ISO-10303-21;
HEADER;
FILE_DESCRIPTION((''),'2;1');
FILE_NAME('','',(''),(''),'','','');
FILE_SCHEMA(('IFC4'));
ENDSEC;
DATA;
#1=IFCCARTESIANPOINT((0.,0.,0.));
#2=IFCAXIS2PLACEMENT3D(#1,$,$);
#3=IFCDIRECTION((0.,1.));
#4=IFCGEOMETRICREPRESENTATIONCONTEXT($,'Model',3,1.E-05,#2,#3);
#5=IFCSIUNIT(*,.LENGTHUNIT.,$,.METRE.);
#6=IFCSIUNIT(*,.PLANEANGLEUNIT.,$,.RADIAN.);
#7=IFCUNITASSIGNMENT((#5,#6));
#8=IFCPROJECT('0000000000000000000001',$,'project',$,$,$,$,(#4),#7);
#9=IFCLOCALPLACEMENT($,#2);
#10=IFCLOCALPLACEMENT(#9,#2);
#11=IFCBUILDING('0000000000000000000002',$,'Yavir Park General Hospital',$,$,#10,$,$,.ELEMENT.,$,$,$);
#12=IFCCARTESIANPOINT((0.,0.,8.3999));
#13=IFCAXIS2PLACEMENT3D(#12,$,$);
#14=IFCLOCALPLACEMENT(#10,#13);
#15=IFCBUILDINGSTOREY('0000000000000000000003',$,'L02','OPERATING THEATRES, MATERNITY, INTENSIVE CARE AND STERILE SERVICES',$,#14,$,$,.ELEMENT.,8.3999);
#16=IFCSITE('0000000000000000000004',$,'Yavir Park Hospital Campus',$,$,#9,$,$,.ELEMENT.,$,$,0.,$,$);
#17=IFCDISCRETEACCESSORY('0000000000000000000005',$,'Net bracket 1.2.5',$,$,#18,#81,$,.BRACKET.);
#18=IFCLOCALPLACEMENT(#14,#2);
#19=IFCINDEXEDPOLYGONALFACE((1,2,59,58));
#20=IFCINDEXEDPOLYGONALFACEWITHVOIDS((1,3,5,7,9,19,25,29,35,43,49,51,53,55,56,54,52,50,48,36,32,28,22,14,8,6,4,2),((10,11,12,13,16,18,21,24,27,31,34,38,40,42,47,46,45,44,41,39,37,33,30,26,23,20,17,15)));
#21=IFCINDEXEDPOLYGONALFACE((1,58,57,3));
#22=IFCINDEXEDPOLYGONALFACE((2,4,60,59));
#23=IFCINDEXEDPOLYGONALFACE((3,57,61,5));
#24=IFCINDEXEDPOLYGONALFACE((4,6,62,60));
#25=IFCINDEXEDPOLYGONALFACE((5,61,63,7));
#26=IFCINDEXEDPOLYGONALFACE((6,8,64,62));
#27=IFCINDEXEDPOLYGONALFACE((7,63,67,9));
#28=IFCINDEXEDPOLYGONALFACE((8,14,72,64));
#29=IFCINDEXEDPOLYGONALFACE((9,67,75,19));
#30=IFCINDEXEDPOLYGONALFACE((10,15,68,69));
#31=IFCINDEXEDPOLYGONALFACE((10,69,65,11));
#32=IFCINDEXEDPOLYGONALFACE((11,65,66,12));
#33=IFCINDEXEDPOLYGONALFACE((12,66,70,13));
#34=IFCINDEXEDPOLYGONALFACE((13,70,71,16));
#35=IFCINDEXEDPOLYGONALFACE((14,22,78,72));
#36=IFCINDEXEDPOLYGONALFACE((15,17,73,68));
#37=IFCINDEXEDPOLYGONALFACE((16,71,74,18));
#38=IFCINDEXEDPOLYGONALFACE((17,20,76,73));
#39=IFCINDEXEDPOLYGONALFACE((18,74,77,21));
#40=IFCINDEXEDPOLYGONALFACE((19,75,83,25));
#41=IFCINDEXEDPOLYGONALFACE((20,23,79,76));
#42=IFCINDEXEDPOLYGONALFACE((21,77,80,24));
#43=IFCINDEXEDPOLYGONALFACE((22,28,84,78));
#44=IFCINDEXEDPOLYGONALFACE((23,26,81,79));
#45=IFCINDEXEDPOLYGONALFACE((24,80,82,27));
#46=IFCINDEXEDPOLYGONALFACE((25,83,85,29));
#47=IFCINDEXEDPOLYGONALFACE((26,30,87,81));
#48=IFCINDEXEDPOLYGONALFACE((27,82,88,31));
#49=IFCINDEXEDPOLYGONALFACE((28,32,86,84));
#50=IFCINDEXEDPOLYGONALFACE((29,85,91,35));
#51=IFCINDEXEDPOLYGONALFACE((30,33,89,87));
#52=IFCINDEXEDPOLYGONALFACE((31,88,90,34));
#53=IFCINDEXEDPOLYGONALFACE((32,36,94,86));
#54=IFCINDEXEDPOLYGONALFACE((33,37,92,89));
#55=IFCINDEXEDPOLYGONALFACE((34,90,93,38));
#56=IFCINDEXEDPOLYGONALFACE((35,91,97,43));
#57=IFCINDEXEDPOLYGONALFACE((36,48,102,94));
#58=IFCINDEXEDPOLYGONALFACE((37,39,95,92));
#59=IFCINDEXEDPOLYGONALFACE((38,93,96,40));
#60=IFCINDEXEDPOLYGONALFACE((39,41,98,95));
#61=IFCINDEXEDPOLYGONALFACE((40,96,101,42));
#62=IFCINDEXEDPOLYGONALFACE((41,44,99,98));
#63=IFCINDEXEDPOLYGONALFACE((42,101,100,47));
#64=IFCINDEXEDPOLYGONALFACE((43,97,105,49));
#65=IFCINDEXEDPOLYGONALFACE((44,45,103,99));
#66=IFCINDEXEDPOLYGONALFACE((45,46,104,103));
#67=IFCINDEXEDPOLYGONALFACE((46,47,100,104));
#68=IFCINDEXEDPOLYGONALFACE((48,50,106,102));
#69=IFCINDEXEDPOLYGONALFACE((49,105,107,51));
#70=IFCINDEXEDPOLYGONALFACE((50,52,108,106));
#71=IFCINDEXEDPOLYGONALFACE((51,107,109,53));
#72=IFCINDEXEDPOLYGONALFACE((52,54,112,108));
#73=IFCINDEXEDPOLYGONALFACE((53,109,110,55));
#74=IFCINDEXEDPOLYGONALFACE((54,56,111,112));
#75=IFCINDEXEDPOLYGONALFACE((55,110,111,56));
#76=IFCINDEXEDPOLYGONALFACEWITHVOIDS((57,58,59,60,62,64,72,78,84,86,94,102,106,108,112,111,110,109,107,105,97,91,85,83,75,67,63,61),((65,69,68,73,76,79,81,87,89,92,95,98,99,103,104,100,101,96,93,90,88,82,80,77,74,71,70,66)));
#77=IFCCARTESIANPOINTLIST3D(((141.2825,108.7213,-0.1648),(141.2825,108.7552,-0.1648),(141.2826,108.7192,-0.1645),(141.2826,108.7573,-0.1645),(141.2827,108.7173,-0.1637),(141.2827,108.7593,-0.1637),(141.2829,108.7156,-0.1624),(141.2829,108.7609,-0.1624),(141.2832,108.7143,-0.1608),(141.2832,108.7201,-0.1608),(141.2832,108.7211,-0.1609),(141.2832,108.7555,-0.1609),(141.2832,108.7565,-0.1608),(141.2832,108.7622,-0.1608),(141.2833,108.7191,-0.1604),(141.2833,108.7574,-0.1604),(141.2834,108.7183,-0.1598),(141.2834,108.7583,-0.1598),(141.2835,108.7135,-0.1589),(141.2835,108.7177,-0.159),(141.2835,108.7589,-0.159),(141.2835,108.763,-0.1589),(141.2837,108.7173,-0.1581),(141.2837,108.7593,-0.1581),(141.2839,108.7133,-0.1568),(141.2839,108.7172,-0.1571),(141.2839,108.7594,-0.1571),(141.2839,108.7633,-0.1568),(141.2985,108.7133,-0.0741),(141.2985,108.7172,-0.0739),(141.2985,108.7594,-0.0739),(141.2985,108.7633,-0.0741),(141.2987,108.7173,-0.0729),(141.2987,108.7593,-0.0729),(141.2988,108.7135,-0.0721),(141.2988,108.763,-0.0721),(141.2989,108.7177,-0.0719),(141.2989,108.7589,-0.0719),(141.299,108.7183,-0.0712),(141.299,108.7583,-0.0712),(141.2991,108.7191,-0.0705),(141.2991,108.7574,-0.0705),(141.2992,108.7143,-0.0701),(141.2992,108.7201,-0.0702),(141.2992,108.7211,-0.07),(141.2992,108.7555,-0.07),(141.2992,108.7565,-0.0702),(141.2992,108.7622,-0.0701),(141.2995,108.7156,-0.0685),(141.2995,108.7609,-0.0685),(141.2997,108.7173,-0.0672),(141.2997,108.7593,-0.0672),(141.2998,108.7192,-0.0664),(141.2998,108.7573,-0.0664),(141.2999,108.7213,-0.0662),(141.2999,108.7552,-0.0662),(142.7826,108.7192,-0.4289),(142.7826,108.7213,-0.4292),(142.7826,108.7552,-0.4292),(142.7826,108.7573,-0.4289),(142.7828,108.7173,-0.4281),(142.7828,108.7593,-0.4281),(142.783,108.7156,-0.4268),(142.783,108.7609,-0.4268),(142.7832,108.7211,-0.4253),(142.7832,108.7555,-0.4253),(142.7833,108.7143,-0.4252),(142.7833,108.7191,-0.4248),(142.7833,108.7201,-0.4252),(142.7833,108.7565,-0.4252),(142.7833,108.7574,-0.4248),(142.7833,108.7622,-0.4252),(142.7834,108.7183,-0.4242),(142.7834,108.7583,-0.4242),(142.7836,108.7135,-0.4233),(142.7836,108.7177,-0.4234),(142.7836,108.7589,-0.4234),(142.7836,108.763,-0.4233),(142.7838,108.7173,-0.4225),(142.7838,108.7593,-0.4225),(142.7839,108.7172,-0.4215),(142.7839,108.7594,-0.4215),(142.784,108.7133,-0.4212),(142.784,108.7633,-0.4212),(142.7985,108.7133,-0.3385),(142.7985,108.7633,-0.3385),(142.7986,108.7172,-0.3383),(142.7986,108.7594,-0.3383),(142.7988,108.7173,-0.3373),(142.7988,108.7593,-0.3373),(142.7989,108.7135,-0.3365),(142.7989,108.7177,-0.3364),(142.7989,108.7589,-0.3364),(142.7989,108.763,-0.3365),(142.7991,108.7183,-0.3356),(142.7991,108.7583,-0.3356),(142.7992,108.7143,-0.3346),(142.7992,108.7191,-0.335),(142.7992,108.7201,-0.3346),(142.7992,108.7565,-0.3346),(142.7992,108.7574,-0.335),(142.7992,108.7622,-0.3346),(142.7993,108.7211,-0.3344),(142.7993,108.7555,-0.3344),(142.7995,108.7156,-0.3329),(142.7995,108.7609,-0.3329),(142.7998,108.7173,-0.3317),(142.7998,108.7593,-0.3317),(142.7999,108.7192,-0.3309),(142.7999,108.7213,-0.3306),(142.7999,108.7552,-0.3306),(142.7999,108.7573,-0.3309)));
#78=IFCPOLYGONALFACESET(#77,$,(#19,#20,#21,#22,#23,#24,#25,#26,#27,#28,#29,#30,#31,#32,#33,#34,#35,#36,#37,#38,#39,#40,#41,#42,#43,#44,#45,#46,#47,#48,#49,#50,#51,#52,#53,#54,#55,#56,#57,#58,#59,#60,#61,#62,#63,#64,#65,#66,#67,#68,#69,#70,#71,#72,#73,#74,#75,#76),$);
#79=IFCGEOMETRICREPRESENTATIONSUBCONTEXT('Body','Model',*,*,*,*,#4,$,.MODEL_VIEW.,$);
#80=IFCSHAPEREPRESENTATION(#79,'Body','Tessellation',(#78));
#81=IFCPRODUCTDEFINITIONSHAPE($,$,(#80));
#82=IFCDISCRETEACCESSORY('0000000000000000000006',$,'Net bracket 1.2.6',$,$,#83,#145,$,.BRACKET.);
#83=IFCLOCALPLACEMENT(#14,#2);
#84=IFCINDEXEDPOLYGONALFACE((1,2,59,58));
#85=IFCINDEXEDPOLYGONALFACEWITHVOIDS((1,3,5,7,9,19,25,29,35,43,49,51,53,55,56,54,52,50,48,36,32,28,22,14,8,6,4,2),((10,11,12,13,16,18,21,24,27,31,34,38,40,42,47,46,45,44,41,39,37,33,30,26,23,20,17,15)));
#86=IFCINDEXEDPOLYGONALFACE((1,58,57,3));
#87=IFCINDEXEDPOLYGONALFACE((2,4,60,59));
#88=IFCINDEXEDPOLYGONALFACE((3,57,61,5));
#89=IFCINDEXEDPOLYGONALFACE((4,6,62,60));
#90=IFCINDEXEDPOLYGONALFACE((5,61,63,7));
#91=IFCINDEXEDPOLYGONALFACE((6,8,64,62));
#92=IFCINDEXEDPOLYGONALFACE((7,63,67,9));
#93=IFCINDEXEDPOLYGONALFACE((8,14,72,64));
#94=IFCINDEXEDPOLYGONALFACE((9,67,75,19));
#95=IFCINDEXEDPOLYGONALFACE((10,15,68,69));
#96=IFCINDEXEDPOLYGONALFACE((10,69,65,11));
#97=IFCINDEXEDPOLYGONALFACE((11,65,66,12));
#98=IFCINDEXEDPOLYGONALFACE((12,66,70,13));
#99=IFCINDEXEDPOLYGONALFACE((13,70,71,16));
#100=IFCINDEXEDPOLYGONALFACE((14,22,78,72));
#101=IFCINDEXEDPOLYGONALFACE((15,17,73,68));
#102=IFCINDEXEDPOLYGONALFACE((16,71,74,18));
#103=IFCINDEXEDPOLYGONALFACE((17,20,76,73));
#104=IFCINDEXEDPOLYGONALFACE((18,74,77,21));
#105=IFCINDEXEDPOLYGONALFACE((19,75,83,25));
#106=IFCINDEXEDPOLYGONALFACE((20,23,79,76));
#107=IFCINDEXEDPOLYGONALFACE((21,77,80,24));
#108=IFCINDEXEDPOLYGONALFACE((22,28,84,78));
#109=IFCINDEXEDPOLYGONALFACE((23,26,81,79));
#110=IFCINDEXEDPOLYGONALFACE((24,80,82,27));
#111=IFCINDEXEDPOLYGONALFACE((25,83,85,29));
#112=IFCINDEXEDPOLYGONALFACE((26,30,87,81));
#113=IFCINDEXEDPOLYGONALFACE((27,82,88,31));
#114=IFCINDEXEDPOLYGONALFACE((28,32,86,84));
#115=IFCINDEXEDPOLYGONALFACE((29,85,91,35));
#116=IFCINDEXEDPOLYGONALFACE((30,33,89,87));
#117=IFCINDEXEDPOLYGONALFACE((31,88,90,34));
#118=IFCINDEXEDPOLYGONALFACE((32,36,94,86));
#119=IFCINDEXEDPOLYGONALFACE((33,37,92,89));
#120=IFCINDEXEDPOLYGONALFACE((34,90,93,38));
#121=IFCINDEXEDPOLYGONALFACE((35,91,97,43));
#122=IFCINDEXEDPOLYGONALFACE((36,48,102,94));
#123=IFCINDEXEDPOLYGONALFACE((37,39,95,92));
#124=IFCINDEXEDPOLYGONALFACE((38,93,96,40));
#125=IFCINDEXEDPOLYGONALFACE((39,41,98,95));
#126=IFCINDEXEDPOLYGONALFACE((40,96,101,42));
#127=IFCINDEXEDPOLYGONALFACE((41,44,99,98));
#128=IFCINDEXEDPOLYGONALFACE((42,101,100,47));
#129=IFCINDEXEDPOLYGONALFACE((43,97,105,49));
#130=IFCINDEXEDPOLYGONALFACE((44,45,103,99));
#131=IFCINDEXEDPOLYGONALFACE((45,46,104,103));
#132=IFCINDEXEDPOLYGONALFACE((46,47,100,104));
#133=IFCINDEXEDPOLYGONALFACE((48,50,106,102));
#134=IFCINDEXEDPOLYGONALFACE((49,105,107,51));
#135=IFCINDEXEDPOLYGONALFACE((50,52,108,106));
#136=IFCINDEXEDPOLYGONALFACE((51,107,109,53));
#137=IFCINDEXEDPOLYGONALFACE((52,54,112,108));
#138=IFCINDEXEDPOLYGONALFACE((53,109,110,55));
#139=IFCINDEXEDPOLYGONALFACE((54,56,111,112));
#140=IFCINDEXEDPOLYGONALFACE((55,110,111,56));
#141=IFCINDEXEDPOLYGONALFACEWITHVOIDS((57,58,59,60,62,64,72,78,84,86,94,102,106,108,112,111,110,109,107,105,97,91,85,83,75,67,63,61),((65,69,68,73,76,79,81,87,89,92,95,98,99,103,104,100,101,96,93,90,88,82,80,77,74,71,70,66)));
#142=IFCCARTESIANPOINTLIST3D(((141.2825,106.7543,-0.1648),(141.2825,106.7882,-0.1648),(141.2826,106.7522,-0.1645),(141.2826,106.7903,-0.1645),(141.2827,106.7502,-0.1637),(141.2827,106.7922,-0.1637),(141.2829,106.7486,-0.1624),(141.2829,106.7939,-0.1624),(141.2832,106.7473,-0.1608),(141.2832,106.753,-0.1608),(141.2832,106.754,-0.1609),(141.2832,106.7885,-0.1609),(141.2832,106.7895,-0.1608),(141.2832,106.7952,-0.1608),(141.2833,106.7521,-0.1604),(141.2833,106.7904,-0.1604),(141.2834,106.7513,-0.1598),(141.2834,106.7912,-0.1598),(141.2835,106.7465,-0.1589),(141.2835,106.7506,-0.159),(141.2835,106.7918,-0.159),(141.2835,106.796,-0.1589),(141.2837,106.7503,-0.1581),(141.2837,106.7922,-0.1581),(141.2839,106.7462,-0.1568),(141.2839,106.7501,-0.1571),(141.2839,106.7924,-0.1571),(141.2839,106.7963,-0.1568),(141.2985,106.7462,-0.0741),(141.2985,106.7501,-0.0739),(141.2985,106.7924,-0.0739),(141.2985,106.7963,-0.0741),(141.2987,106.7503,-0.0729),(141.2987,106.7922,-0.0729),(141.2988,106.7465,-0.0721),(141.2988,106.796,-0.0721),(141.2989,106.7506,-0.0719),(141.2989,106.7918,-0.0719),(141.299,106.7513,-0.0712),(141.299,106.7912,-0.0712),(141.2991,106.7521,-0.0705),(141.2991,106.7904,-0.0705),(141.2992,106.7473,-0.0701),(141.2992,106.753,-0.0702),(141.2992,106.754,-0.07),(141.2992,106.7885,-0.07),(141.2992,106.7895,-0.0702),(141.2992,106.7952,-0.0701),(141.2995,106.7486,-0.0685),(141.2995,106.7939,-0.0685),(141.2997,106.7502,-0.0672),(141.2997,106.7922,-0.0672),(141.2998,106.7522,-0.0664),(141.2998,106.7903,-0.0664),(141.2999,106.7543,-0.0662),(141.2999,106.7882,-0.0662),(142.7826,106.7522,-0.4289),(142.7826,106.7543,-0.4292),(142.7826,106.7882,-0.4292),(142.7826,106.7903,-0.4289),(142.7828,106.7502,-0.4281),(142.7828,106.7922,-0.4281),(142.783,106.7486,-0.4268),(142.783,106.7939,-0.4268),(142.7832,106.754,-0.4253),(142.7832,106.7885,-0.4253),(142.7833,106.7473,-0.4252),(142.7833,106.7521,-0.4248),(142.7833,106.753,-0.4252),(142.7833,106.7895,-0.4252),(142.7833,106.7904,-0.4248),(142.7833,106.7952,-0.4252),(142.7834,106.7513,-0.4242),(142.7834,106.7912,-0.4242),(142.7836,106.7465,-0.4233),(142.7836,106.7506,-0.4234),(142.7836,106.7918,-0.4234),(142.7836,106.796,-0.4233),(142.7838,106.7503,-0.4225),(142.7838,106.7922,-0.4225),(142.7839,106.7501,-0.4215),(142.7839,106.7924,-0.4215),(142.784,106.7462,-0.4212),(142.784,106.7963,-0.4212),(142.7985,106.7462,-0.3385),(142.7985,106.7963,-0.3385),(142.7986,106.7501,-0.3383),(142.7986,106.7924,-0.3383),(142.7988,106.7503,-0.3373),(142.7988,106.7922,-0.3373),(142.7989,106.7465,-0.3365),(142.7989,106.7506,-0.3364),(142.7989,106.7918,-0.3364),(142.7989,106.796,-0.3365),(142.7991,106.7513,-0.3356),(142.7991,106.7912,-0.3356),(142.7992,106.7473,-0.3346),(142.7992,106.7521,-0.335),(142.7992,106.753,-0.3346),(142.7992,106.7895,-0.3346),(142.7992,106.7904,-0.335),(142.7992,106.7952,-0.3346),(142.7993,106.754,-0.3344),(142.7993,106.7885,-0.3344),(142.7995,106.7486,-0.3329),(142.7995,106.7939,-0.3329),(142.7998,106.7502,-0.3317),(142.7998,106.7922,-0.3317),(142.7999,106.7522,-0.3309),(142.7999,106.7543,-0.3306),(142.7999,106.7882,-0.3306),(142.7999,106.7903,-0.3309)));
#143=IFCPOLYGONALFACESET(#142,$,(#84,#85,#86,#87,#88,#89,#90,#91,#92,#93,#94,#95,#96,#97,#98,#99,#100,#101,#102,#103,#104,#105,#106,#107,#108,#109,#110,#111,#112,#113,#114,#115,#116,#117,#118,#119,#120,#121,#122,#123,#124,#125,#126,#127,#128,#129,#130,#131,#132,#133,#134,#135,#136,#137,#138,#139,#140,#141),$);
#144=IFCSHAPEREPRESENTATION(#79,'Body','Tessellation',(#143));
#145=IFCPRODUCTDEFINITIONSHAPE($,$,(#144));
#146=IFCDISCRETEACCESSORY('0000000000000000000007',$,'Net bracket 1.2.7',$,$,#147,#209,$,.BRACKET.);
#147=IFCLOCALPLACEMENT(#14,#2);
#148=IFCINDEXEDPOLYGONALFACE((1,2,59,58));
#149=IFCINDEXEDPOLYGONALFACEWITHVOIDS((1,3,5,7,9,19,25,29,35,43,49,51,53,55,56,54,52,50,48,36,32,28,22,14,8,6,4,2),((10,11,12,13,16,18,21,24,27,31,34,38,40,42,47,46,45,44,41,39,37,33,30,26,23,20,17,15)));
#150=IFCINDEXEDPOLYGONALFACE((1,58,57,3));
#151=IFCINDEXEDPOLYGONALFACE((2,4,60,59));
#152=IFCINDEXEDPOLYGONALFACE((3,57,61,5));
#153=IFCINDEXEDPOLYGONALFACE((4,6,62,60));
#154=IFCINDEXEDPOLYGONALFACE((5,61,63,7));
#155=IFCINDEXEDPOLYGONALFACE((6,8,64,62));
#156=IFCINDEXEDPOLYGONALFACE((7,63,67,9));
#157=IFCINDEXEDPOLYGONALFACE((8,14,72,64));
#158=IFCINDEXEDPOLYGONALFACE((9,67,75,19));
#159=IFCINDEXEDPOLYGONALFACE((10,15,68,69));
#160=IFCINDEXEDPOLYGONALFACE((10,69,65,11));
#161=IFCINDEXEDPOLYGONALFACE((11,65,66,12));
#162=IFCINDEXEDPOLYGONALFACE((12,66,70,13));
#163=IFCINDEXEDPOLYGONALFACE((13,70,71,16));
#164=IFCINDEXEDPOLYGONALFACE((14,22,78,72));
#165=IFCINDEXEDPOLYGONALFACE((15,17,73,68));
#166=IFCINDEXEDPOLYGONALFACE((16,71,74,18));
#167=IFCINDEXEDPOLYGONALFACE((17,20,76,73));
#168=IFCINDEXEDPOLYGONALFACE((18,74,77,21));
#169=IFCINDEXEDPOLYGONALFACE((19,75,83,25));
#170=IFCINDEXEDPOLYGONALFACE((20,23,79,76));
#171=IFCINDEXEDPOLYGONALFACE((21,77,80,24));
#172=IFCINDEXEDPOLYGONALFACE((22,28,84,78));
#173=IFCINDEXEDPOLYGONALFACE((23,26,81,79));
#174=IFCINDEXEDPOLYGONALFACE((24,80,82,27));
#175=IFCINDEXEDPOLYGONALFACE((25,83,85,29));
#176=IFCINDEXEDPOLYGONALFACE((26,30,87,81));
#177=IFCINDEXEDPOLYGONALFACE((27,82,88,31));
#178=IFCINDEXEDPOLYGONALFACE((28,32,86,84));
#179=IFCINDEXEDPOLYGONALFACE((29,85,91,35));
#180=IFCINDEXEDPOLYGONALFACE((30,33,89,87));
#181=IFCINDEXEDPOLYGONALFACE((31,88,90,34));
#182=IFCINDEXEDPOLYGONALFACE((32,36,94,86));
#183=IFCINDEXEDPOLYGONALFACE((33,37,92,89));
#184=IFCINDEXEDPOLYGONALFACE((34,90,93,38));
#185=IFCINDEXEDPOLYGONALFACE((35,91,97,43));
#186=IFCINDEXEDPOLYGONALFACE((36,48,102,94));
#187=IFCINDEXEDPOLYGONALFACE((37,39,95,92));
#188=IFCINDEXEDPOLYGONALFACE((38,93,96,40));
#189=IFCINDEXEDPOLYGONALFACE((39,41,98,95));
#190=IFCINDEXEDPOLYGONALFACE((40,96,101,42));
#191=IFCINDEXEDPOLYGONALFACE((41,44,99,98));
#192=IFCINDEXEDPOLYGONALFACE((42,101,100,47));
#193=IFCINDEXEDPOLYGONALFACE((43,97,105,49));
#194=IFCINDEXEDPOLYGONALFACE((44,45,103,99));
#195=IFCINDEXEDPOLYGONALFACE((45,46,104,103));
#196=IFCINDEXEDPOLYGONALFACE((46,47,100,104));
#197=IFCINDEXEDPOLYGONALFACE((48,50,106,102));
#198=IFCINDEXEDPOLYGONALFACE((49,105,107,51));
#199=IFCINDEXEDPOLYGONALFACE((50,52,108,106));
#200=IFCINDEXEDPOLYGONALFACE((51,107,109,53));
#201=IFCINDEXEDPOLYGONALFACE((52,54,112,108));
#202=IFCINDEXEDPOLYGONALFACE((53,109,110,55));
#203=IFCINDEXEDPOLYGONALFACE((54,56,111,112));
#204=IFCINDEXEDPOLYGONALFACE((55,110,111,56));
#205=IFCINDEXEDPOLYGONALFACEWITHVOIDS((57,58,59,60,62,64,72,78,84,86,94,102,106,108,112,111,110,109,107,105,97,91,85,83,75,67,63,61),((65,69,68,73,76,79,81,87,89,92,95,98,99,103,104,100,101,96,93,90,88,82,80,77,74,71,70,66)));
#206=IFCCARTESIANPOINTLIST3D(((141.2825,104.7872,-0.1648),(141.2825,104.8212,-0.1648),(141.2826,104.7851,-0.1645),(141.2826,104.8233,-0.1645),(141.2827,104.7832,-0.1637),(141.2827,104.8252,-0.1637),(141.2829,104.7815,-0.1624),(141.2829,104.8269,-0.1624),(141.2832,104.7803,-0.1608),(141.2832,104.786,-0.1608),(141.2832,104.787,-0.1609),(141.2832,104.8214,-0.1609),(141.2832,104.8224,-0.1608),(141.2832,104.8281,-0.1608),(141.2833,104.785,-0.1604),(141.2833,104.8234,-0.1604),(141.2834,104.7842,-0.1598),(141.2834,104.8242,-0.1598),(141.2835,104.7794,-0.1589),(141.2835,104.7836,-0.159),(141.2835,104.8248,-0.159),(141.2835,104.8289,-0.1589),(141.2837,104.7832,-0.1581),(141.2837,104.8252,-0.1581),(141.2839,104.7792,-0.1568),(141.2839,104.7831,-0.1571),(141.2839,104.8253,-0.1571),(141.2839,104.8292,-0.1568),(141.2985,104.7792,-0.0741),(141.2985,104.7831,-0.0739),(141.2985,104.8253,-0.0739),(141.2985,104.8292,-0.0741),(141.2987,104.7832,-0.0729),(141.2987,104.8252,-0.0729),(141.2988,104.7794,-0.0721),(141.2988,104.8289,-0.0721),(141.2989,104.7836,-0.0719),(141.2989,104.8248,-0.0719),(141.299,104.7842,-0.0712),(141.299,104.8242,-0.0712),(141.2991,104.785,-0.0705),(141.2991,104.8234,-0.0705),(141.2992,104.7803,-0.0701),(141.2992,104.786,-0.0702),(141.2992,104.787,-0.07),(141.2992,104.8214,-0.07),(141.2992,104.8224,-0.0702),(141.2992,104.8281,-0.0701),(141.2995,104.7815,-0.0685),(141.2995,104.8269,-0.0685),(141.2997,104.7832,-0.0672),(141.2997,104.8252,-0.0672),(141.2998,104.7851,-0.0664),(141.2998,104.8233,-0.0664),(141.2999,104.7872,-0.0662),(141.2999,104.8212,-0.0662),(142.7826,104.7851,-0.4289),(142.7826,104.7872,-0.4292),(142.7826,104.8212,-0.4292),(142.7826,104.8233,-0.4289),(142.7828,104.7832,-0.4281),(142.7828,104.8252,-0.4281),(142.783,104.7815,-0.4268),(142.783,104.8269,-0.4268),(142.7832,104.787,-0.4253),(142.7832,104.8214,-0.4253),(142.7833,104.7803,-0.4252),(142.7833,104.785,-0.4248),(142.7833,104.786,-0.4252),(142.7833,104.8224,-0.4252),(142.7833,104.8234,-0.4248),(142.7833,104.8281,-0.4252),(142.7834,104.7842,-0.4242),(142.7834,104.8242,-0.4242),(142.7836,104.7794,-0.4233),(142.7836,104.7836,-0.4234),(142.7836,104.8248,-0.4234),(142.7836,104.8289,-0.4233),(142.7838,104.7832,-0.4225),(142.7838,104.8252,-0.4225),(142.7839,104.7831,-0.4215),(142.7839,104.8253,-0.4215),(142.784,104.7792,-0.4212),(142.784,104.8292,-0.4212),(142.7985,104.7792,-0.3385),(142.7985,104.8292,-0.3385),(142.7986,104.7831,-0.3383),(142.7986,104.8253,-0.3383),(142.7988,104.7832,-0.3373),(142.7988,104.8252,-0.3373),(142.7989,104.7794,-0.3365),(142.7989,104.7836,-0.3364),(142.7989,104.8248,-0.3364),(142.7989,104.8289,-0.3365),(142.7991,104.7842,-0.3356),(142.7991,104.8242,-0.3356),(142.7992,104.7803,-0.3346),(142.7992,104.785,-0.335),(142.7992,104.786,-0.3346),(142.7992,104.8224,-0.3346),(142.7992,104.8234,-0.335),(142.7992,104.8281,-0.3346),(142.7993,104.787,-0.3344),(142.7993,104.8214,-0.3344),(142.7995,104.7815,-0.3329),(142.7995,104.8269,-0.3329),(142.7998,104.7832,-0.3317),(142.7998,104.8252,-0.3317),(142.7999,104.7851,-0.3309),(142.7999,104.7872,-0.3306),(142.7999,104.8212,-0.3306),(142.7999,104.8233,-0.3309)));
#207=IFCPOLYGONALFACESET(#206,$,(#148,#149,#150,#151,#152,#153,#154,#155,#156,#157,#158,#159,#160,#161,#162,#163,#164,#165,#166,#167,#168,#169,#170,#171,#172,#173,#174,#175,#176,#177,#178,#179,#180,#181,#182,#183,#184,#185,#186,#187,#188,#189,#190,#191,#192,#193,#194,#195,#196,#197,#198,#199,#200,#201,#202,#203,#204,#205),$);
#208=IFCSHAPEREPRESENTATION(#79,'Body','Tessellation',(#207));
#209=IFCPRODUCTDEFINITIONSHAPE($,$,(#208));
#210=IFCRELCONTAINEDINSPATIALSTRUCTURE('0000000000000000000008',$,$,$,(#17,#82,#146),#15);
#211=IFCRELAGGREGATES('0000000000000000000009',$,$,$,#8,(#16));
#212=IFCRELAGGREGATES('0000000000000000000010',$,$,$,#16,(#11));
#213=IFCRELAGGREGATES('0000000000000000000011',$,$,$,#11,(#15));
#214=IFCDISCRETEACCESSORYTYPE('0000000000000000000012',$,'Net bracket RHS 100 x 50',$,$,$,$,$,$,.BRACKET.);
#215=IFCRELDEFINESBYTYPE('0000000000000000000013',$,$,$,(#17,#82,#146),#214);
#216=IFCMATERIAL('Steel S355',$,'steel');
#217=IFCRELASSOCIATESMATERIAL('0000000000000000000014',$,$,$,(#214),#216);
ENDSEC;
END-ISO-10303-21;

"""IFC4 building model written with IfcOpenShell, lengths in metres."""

from ifc_helpers import new_model, si_unit, direction, frame, origin, origin_2d, place, context, subcontext, project, spatial, hollow_rectangle, extrude, material, material_profile, profile_set, type_object, element, save


model = new_model("IFC4")

# Units and contexts
model_context = context("Model", 3, precision=1e-05, world=origin(), true_north=direction((0.0, 1.0)))
body_context = subcontext(model_context, "Body", "Model", "MODEL_VIEW")
ifc_project = project(units=[si_unit("LENGTHUNIT", "METRE"), si_unit("PLANEANGLEUNIT", "RADIAN")], contexts=[model_context])

# Site, building, storey
site_placement = place(None, origin())
site = spatial("IfcSite", under=ifc_project, at=site_placement, Name="Yavir Park Hospital Campus", CompositionType="ELEMENT", RefElevation=0.0)
building_placement = place(site_placement, origin())
building = spatial("IfcBuilding", under=site, at=building_placement, Name="Yavir Park General Hospital", CompositionType="ELEMENT")
storey_placement = place(building_placement, frame((0.0, 0.0, 8.3999)))
storey = spatial("IfcBuildingStorey", under=building, at=storey_placement, Name="L02", Description="OPERATING THEATRES, MATERNITY, INTENSIVE CARE AND STERILE SERVICES", CompositionType="ELEMENT", Elevation=8.3999)

# Discrete accessories
ifc_material_1 = material(Name="Steel S355", Category="steel")
ifc_material_profile_1 = material_profile(ifc_material_1, hollow_rectangle(XDim=0.05, YDim=0.1001, WallThickness=0.0039, InnerFilletRadius=0.0039, OuterFilletRadius=0.0081, at=origin_2d()), Name="RHS100x50x4")
ifc_profile_set_1 = profile_set([ifc_material_profile_1], Name="Steel S355")
discrete_accessory_type_1 = type_object("IfcDiscreteAccessoryType", Name="Net bracket RHS 100 x 50", PredefinedType="BRACKET", material=ifc_profile_set_1)
for number, where, z_axis, x_axis, name in (
    (1, (142.7913, 108.7383, -0.3799), (-0.984817, 0.0, 0.173593), (0.0, -1.0, 0.0), "Net bracket 1.2.5"),
    (2, (142.7913, 106.7712, -0.3799), (-0.984817, 0.0, 0.173593), (0.0, -1.0, 0.0), "Net bracket 1.2.6"),
    (3, (142.7913, 104.8042, -0.3799), (-0.984817, 0.0, 0.173593), (0.0, -1.0, 0.0), "Net bracket 1.2.7"),
):
    element("IfcDiscreteAccessory", number, at=place(storey_placement, frame(where, z_axis=z_axis, x_axis=x_axis)), inside=storey, type_object=discrete_accessory_type_1, Name=name, PredefinedType="BRACKET", context=body_context, shape_type="SweptSolid", body=[
        extrude(hollow_rectangle(XDim=0.05, YDim=0.1001, WallThickness=0.0039, InnerFilletRadius=0.0039, OuterFilletRadius=0.0081, at=origin_2d()), origin(), (0.0, 0.0, 1.0), 1.5232),
    ])

save(model, "model.ifc")
